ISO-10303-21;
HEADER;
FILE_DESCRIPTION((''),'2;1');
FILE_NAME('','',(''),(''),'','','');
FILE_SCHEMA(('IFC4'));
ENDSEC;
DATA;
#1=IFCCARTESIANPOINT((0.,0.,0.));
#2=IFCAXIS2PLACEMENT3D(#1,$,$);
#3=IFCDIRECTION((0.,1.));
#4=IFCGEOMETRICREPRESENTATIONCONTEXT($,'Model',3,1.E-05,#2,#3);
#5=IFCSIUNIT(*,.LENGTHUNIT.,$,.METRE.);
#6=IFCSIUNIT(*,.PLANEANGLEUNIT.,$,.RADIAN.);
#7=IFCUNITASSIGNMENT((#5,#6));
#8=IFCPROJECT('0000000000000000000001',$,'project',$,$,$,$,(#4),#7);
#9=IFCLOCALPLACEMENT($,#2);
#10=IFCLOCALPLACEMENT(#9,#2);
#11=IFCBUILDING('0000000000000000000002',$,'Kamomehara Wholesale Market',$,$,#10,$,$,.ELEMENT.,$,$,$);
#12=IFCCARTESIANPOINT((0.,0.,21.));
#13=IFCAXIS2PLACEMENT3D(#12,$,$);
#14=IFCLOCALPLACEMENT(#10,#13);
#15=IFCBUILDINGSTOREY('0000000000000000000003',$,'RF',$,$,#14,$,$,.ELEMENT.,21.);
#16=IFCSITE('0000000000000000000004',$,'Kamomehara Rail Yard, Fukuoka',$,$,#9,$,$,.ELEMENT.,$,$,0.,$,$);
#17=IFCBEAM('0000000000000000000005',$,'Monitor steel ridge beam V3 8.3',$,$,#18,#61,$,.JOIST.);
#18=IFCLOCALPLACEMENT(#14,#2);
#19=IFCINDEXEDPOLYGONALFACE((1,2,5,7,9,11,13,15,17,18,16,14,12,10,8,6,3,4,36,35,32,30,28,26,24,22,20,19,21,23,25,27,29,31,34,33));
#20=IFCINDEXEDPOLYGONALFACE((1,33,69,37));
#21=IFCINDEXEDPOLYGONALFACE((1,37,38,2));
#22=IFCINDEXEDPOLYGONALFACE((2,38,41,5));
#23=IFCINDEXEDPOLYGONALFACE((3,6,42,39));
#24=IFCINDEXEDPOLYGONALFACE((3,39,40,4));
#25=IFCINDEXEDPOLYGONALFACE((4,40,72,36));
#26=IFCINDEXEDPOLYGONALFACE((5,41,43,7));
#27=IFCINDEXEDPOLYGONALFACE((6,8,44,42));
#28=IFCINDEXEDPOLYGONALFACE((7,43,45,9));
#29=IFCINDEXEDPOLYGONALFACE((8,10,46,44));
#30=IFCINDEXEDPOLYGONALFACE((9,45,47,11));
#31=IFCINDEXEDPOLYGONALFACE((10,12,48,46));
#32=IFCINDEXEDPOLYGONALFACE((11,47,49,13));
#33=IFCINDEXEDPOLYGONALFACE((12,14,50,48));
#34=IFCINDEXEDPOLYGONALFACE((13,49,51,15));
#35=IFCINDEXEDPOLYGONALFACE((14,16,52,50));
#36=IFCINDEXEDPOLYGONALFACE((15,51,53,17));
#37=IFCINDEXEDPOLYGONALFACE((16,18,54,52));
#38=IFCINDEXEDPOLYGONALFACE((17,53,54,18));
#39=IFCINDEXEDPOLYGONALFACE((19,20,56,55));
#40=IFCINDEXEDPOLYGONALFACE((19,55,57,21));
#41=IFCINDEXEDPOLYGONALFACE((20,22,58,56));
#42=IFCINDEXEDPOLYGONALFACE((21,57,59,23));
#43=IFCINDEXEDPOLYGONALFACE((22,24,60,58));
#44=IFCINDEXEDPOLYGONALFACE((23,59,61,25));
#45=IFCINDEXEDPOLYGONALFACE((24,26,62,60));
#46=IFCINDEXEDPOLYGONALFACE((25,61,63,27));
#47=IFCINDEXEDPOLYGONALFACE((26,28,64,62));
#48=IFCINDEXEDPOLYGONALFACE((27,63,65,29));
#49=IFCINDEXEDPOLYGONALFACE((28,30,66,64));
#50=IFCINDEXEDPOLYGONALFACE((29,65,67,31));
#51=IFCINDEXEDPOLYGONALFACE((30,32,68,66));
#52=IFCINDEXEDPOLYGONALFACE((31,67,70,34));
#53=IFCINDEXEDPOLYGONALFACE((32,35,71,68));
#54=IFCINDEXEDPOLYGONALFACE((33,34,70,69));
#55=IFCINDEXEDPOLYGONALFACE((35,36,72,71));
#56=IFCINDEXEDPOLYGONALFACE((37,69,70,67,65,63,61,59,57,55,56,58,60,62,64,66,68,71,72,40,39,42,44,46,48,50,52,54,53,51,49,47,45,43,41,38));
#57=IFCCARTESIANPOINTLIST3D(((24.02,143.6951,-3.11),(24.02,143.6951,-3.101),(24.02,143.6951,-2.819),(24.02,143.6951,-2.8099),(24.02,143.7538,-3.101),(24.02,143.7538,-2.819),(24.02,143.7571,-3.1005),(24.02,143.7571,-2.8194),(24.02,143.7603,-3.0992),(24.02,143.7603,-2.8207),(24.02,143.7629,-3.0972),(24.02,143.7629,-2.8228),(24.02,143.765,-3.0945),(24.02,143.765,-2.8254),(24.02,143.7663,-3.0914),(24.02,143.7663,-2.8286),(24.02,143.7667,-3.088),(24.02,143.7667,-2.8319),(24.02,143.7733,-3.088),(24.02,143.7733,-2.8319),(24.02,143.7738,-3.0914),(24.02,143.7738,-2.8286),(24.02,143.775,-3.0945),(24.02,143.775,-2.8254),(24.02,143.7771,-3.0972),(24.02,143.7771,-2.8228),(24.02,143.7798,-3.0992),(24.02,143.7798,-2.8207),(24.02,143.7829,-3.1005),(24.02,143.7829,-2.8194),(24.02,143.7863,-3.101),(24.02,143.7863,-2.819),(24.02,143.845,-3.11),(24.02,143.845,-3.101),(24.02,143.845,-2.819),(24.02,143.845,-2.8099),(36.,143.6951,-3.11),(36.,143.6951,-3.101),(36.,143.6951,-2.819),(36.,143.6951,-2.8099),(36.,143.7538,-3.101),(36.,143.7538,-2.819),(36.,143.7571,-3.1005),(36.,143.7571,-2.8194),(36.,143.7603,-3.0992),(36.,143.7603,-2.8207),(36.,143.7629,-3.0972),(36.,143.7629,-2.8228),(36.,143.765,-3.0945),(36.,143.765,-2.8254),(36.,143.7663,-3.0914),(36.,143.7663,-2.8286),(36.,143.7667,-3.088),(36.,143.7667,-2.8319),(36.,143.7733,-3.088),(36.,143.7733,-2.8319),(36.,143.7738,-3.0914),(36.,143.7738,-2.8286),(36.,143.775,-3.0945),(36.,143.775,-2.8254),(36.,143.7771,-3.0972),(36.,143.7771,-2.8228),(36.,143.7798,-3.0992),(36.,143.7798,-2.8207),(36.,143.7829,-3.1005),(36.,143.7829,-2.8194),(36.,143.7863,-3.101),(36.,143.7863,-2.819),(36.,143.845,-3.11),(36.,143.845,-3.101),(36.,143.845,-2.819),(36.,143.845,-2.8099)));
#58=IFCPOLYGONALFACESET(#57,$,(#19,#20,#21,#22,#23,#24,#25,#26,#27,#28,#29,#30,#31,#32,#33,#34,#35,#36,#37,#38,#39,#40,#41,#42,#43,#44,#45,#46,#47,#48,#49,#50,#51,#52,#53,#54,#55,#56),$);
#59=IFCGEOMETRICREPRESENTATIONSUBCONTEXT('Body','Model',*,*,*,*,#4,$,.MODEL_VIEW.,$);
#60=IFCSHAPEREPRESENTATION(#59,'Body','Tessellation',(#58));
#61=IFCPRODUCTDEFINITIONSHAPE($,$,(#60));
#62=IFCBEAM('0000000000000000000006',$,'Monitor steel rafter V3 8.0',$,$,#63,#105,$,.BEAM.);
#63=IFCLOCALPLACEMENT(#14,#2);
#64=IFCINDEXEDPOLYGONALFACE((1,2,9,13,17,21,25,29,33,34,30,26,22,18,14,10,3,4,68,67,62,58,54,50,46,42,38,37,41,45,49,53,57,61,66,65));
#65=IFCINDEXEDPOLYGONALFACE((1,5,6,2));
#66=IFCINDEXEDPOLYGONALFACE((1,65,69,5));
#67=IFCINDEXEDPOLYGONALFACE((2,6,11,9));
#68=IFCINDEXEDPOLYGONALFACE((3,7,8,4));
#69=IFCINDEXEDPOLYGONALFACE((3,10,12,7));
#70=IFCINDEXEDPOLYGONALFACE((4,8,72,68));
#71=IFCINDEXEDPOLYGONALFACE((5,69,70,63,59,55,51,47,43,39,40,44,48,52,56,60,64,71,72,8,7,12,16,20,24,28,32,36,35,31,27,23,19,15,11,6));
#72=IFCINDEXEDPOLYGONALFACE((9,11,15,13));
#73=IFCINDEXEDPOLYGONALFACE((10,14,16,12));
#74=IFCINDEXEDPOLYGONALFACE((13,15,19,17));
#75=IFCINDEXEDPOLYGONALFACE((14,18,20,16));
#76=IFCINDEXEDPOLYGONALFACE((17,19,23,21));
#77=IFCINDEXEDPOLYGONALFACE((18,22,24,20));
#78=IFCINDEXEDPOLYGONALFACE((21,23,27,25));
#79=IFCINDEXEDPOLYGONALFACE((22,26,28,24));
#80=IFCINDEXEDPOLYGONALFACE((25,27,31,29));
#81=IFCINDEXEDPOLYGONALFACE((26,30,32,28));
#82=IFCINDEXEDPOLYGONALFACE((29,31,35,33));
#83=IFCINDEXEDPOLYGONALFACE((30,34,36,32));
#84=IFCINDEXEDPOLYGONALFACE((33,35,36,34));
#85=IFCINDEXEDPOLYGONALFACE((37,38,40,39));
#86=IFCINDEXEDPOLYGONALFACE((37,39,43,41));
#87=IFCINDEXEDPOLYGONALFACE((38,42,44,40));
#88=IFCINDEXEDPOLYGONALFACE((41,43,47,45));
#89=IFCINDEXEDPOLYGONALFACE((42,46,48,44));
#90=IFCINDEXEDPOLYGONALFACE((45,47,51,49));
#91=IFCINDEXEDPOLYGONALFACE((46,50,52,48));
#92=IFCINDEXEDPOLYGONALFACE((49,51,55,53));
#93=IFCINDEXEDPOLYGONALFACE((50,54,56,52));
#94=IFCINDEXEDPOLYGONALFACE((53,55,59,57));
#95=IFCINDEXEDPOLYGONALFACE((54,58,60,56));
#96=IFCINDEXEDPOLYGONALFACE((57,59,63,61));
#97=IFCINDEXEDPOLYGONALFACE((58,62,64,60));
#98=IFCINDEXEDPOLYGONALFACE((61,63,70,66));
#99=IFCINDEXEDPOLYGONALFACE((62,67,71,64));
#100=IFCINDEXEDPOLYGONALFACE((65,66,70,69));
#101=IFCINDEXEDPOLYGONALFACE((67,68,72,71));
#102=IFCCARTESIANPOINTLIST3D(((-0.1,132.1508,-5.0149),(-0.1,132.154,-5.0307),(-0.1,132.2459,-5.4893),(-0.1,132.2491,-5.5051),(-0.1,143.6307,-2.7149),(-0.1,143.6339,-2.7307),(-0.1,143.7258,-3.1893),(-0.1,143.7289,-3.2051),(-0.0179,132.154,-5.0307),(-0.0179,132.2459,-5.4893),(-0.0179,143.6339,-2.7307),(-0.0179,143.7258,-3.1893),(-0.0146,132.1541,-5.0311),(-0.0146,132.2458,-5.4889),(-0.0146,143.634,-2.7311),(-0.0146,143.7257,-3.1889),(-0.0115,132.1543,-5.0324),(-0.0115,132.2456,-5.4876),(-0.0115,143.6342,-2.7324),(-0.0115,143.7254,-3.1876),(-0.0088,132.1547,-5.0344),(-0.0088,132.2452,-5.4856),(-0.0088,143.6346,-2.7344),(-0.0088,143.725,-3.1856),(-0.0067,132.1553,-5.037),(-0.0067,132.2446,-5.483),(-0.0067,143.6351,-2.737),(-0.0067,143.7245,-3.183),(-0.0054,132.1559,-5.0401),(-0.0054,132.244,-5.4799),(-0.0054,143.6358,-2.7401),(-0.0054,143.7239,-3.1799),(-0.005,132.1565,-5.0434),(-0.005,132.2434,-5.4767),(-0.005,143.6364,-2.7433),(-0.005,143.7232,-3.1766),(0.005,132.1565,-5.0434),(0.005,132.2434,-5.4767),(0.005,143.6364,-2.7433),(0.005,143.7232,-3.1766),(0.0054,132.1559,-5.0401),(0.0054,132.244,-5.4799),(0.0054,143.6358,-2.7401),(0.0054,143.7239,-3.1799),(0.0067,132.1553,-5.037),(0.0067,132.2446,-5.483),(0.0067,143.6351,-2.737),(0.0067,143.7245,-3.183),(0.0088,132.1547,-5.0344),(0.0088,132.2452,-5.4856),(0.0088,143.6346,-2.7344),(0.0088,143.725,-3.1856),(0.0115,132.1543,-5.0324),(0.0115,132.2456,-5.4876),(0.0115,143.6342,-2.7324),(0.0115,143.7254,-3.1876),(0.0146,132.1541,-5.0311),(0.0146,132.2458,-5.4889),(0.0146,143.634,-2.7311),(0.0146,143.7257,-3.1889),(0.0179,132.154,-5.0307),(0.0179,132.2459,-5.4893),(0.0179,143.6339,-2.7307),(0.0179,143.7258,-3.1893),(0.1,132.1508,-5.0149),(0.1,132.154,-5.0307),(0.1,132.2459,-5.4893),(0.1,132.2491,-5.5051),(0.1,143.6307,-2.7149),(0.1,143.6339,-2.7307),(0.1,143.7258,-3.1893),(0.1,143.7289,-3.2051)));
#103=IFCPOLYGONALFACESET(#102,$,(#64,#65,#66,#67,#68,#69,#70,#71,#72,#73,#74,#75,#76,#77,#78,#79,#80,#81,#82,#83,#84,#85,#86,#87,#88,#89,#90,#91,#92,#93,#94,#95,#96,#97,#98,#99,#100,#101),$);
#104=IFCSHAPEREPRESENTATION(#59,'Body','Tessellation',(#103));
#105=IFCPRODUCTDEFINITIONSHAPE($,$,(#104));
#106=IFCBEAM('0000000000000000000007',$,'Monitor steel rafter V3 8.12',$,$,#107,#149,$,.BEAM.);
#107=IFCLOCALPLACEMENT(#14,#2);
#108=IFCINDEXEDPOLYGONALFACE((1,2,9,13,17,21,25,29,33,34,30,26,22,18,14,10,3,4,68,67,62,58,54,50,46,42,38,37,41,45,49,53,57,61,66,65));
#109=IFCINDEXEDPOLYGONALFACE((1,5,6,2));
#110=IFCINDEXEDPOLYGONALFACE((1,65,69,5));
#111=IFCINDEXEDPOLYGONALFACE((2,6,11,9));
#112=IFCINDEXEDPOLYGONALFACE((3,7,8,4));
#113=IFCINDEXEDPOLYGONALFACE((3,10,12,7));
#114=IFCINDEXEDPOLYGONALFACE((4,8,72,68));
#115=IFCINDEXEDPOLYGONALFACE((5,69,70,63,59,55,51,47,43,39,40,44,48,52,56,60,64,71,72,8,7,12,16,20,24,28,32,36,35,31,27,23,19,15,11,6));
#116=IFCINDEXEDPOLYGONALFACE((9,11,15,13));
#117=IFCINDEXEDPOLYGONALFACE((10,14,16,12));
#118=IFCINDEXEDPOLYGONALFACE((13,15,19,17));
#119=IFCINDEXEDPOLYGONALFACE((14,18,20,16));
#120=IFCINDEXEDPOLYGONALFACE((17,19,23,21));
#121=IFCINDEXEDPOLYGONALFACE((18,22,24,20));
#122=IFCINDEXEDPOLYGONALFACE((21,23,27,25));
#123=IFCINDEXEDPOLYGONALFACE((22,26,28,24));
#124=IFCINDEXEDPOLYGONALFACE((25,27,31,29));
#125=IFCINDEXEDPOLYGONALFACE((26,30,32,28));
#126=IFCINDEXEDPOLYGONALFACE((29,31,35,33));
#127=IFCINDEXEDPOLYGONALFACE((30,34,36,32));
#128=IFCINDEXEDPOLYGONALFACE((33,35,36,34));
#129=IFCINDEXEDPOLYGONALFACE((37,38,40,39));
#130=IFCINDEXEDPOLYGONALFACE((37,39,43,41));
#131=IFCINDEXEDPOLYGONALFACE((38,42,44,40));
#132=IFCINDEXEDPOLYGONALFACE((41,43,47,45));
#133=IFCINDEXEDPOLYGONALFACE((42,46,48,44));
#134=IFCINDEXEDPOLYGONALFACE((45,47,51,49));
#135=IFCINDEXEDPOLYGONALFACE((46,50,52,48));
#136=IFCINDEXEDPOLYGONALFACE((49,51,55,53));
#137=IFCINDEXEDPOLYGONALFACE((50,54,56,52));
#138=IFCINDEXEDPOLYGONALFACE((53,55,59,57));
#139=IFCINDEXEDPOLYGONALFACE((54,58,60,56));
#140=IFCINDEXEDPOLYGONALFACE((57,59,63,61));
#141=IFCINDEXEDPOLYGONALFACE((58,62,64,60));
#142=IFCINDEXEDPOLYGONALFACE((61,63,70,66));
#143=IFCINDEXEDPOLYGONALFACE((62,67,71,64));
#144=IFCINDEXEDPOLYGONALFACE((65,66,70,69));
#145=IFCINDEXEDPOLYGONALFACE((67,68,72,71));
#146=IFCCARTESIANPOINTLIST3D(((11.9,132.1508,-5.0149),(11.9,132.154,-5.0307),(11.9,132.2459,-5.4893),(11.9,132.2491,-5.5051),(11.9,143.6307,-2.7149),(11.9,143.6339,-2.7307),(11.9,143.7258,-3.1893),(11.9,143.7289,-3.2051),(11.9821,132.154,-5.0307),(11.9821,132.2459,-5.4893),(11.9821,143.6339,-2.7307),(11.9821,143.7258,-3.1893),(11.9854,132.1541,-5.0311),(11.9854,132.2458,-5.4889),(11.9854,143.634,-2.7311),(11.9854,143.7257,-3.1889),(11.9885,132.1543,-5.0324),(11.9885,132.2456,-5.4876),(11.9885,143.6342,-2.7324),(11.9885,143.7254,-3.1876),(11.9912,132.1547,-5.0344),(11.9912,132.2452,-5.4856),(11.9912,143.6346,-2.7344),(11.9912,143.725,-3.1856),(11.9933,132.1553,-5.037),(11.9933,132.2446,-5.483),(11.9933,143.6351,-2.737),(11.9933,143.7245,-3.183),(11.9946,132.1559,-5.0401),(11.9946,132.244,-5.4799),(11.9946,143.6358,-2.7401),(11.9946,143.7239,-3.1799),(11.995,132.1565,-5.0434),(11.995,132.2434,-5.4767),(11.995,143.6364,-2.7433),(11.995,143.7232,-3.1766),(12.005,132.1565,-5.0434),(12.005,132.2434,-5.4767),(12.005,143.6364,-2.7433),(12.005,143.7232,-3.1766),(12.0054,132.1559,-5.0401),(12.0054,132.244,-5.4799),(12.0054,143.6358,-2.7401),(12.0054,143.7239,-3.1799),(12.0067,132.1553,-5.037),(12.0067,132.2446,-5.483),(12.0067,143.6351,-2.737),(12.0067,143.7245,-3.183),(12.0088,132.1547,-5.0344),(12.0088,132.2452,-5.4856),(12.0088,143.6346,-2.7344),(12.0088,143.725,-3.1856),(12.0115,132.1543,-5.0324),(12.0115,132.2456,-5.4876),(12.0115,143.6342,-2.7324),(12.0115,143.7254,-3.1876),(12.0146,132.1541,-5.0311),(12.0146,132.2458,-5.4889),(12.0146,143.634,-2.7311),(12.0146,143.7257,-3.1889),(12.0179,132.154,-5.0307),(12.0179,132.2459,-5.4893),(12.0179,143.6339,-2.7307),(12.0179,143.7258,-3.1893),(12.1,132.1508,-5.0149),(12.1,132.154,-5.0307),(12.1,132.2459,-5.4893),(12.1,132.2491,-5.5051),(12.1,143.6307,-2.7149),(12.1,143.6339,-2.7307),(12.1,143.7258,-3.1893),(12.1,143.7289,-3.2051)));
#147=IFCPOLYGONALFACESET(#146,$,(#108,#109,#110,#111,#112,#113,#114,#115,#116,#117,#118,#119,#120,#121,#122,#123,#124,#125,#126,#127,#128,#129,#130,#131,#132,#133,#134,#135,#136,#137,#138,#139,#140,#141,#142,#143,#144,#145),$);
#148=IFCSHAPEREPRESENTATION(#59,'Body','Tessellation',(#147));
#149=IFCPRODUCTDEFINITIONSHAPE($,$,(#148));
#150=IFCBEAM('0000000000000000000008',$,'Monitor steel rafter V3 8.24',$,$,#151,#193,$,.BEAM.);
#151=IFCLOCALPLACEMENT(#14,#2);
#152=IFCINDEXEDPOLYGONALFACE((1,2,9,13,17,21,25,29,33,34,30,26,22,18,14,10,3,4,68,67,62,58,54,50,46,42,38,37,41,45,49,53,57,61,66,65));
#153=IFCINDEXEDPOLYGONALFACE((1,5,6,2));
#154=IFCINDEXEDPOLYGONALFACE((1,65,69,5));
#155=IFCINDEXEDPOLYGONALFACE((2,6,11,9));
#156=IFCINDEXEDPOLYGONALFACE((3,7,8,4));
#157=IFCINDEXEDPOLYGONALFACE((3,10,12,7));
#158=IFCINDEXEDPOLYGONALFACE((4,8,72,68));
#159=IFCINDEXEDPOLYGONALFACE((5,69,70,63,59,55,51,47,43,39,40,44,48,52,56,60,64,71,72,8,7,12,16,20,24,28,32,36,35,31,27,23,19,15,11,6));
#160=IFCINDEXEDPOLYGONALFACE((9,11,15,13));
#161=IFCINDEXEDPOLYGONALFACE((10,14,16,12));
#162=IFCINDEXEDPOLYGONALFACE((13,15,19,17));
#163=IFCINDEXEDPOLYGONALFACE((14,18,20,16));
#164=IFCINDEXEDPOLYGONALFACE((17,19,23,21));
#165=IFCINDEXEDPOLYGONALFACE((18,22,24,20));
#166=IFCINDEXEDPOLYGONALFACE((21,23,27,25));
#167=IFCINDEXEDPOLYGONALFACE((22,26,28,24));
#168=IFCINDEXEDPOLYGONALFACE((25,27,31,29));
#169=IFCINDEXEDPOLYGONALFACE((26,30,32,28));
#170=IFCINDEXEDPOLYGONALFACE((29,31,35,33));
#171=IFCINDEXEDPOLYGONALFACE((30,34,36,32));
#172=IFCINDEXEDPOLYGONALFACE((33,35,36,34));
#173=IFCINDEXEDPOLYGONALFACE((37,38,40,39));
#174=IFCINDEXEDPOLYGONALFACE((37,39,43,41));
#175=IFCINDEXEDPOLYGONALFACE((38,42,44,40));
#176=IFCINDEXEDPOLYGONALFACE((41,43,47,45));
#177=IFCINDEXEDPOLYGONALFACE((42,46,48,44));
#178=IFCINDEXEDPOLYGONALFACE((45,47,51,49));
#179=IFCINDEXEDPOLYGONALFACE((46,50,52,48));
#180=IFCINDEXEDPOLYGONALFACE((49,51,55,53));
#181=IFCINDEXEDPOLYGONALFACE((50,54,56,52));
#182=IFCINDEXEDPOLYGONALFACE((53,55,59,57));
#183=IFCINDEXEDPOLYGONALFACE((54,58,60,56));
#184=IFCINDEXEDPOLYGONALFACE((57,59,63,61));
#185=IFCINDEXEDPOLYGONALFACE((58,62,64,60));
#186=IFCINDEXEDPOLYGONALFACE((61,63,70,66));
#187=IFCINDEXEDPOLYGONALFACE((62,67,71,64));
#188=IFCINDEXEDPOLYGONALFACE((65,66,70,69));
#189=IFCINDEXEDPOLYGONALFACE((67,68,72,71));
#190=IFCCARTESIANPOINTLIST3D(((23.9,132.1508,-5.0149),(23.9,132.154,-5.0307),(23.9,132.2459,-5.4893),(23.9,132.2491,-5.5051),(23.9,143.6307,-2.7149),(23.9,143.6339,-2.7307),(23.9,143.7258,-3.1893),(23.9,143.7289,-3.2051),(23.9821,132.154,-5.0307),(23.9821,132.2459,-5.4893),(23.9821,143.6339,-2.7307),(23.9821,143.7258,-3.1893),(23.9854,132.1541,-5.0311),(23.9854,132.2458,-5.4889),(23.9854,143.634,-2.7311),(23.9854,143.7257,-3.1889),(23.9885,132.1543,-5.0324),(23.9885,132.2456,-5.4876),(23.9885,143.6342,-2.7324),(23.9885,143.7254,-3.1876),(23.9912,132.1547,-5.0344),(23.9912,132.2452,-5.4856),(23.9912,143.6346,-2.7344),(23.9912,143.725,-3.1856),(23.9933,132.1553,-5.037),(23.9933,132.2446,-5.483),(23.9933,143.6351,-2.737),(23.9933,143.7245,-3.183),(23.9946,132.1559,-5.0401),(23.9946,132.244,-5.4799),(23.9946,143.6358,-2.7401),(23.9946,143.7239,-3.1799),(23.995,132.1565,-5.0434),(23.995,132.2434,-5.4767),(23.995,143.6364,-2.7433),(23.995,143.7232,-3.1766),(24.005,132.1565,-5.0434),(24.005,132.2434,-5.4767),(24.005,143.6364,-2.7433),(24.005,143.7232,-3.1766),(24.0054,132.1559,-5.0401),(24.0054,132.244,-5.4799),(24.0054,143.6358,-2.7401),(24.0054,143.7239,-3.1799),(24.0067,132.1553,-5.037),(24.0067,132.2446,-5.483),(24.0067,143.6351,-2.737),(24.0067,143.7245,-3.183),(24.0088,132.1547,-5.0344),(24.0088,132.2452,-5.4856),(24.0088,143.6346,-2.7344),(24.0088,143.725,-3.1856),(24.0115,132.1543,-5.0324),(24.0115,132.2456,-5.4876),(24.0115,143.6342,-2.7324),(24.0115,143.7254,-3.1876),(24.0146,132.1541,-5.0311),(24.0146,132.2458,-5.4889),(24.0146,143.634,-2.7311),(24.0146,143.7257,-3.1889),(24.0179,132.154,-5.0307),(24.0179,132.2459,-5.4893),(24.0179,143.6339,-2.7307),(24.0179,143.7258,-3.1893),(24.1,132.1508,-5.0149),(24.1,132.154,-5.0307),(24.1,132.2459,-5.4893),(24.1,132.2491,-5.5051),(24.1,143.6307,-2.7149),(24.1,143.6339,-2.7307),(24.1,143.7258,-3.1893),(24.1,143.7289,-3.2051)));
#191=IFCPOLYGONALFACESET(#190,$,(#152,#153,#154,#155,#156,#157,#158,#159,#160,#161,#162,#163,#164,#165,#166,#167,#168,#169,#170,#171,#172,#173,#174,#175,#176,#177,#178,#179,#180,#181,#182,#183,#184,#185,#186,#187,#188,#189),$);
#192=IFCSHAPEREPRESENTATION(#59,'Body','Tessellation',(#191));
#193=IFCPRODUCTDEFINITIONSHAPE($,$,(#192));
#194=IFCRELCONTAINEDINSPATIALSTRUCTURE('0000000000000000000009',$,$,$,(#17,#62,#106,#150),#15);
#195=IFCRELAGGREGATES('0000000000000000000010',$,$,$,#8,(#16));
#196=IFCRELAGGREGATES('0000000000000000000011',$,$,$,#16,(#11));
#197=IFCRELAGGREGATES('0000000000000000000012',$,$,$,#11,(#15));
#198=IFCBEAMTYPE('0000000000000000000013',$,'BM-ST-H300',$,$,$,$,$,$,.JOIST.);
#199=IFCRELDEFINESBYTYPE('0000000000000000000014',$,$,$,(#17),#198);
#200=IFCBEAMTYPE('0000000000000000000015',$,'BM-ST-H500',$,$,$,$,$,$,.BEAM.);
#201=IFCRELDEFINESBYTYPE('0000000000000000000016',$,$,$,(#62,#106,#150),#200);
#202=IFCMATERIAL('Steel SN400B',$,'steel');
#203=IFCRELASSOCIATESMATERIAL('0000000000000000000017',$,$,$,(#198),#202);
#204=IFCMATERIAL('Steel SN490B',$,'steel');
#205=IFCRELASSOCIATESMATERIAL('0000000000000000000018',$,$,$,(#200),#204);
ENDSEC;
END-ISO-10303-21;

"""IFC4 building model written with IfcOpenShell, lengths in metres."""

from ifc_helpers import new_model, si_unit, direction, frame, origin, origin_2d, place, context, subcontext, project, spatial, i_section, extrude, material, material_profile, profile_set, type_object, element, save


model = new_model("IFC4")

# Units and contexts
model_context = context("Model", 3, precision=1e-05, world=origin(), true_north=direction((0.0, 1.0)))
body_context = subcontext(model_context, "Body", "Model", "MODEL_VIEW")
ifc_project = project(units=[si_unit("LENGTHUNIT", "METRE"), si_unit("PLANEANGLEUNIT", "RADIAN")], contexts=[model_context])

# Site, building, storey
site_placement = place(None, origin())
site = spatial("IfcSite", under=ifc_project, at=site_placement, Name="Kamomehara Rail Yard, Fukuoka", CompositionType="ELEMENT", RefElevation=0.0)
building_placement = place(site_placement, origin())
building = spatial("IfcBuilding", under=site, at=building_placement, Name="Kamomehara Wholesale Market", CompositionType="ELEMENT")
storey_placement = place(building_placement, frame((0.0, 0.0, 21.0)))
storey = spatial("IfcBuildingStorey", under=building, at=storey_placement, Name="RF", CompositionType="ELEMENT", Elevation=21.0)

# Beams
ifc_material_1 = material(Name="Steel SN400B", Category="steel")
ifc_material_profile_1 = material_profile(ifc_material_1, i_section(OverallWidth=0.1499, OverallDepth=0.3, WebThickness=0.0066, FlangeThickness=0.009, FilletRadius=0.0129, at=origin_2d()), Name="H-300x150x6.5x9")
ifc_profile_set_1 = profile_set([ifc_material_profile_1], Name="Steel SN400B")
beam_type_1 = type_object("IfcBeamType", Name="BM-ST-H300", PredefinedType="JOIST", material=ifc_profile_set_1)
beam_1_placement = place(storey_placement, frame((24.02, 143.77, -2.96), z_axis=(1.0, 0.0, 0.0), x_axis=(0.0, 1.0, 0.0)))
element("IfcBeam", 1, at=beam_1_placement, inside=storey, type_object=beam_type_1, Name="Monitor steel ridge beam V3 8.3", PredefinedType="JOIST", context=body_context, shape_type="SweptSolid", body=[
    extrude(i_section(OverallWidth=0.1499, OverallDepth=0.3, WebThickness=0.0066, FlangeThickness=0.009, FilletRadius=0.0129, at=origin_2d()), origin(), (0.0, 0.0, 1.0), 11.98),
])
ifc_material_2 = material(Name="Steel SN490B", Category="steel")
ifc_material_profile_2 = material_profile(ifc_material_2, i_section(OverallWidth=0.2, OverallDepth=0.5, WebThickness=0.01, FlangeThickness=0.0161, FilletRadius=0.0129, at=origin_2d()), Name="H-500x200x10x16")
ifc_profile_set_2 = profile_set([ifc_material_profile_2], Name="Steel SN490B")
beam_type_2 = type_object("IfcBeamType", Name="BM-ST-H500", PredefinedType="BEAM", material=ifc_profile_set_2)
for number, where, z_axis, x_axis, name in (
    (2, (0.0, 132.2, -5.26), (0.0, 0.980514, 0.196449), (-1.0, 0.0, 0.0), "Monitor steel rafter V3 8.0"),
    (3, (12.0, 132.2, -5.26), (0.0, 0.980514, 0.196449), (-1.0, 0.0, 0.0), "Monitor steel rafter V3 8.12"),
    (4, (24.0, 132.2, -5.26), (0.0, 0.980514, 0.196449), (-1.0, 0.0, 0.0), "Monitor steel rafter V3 8.24"),
):
    element("IfcBeam", number, at=place(storey_placement, frame(where, z_axis=z_axis, x_axis=x_axis)), inside=storey, type_object=beam_type_2, Name=name, PredefinedType="BEAM", context=body_context, shape_type="SweptSolid", body=[
        extrude(i_section(OverallWidth=0.2, OverallDepth=0.5, WebThickness=0.01, FlangeThickness=0.0161, FilletRadius=0.0129, at=origin_2d()), origin(), (0.0, 0.0, 1.0), 11.708),
    ])

save(model, "model.ifc")
